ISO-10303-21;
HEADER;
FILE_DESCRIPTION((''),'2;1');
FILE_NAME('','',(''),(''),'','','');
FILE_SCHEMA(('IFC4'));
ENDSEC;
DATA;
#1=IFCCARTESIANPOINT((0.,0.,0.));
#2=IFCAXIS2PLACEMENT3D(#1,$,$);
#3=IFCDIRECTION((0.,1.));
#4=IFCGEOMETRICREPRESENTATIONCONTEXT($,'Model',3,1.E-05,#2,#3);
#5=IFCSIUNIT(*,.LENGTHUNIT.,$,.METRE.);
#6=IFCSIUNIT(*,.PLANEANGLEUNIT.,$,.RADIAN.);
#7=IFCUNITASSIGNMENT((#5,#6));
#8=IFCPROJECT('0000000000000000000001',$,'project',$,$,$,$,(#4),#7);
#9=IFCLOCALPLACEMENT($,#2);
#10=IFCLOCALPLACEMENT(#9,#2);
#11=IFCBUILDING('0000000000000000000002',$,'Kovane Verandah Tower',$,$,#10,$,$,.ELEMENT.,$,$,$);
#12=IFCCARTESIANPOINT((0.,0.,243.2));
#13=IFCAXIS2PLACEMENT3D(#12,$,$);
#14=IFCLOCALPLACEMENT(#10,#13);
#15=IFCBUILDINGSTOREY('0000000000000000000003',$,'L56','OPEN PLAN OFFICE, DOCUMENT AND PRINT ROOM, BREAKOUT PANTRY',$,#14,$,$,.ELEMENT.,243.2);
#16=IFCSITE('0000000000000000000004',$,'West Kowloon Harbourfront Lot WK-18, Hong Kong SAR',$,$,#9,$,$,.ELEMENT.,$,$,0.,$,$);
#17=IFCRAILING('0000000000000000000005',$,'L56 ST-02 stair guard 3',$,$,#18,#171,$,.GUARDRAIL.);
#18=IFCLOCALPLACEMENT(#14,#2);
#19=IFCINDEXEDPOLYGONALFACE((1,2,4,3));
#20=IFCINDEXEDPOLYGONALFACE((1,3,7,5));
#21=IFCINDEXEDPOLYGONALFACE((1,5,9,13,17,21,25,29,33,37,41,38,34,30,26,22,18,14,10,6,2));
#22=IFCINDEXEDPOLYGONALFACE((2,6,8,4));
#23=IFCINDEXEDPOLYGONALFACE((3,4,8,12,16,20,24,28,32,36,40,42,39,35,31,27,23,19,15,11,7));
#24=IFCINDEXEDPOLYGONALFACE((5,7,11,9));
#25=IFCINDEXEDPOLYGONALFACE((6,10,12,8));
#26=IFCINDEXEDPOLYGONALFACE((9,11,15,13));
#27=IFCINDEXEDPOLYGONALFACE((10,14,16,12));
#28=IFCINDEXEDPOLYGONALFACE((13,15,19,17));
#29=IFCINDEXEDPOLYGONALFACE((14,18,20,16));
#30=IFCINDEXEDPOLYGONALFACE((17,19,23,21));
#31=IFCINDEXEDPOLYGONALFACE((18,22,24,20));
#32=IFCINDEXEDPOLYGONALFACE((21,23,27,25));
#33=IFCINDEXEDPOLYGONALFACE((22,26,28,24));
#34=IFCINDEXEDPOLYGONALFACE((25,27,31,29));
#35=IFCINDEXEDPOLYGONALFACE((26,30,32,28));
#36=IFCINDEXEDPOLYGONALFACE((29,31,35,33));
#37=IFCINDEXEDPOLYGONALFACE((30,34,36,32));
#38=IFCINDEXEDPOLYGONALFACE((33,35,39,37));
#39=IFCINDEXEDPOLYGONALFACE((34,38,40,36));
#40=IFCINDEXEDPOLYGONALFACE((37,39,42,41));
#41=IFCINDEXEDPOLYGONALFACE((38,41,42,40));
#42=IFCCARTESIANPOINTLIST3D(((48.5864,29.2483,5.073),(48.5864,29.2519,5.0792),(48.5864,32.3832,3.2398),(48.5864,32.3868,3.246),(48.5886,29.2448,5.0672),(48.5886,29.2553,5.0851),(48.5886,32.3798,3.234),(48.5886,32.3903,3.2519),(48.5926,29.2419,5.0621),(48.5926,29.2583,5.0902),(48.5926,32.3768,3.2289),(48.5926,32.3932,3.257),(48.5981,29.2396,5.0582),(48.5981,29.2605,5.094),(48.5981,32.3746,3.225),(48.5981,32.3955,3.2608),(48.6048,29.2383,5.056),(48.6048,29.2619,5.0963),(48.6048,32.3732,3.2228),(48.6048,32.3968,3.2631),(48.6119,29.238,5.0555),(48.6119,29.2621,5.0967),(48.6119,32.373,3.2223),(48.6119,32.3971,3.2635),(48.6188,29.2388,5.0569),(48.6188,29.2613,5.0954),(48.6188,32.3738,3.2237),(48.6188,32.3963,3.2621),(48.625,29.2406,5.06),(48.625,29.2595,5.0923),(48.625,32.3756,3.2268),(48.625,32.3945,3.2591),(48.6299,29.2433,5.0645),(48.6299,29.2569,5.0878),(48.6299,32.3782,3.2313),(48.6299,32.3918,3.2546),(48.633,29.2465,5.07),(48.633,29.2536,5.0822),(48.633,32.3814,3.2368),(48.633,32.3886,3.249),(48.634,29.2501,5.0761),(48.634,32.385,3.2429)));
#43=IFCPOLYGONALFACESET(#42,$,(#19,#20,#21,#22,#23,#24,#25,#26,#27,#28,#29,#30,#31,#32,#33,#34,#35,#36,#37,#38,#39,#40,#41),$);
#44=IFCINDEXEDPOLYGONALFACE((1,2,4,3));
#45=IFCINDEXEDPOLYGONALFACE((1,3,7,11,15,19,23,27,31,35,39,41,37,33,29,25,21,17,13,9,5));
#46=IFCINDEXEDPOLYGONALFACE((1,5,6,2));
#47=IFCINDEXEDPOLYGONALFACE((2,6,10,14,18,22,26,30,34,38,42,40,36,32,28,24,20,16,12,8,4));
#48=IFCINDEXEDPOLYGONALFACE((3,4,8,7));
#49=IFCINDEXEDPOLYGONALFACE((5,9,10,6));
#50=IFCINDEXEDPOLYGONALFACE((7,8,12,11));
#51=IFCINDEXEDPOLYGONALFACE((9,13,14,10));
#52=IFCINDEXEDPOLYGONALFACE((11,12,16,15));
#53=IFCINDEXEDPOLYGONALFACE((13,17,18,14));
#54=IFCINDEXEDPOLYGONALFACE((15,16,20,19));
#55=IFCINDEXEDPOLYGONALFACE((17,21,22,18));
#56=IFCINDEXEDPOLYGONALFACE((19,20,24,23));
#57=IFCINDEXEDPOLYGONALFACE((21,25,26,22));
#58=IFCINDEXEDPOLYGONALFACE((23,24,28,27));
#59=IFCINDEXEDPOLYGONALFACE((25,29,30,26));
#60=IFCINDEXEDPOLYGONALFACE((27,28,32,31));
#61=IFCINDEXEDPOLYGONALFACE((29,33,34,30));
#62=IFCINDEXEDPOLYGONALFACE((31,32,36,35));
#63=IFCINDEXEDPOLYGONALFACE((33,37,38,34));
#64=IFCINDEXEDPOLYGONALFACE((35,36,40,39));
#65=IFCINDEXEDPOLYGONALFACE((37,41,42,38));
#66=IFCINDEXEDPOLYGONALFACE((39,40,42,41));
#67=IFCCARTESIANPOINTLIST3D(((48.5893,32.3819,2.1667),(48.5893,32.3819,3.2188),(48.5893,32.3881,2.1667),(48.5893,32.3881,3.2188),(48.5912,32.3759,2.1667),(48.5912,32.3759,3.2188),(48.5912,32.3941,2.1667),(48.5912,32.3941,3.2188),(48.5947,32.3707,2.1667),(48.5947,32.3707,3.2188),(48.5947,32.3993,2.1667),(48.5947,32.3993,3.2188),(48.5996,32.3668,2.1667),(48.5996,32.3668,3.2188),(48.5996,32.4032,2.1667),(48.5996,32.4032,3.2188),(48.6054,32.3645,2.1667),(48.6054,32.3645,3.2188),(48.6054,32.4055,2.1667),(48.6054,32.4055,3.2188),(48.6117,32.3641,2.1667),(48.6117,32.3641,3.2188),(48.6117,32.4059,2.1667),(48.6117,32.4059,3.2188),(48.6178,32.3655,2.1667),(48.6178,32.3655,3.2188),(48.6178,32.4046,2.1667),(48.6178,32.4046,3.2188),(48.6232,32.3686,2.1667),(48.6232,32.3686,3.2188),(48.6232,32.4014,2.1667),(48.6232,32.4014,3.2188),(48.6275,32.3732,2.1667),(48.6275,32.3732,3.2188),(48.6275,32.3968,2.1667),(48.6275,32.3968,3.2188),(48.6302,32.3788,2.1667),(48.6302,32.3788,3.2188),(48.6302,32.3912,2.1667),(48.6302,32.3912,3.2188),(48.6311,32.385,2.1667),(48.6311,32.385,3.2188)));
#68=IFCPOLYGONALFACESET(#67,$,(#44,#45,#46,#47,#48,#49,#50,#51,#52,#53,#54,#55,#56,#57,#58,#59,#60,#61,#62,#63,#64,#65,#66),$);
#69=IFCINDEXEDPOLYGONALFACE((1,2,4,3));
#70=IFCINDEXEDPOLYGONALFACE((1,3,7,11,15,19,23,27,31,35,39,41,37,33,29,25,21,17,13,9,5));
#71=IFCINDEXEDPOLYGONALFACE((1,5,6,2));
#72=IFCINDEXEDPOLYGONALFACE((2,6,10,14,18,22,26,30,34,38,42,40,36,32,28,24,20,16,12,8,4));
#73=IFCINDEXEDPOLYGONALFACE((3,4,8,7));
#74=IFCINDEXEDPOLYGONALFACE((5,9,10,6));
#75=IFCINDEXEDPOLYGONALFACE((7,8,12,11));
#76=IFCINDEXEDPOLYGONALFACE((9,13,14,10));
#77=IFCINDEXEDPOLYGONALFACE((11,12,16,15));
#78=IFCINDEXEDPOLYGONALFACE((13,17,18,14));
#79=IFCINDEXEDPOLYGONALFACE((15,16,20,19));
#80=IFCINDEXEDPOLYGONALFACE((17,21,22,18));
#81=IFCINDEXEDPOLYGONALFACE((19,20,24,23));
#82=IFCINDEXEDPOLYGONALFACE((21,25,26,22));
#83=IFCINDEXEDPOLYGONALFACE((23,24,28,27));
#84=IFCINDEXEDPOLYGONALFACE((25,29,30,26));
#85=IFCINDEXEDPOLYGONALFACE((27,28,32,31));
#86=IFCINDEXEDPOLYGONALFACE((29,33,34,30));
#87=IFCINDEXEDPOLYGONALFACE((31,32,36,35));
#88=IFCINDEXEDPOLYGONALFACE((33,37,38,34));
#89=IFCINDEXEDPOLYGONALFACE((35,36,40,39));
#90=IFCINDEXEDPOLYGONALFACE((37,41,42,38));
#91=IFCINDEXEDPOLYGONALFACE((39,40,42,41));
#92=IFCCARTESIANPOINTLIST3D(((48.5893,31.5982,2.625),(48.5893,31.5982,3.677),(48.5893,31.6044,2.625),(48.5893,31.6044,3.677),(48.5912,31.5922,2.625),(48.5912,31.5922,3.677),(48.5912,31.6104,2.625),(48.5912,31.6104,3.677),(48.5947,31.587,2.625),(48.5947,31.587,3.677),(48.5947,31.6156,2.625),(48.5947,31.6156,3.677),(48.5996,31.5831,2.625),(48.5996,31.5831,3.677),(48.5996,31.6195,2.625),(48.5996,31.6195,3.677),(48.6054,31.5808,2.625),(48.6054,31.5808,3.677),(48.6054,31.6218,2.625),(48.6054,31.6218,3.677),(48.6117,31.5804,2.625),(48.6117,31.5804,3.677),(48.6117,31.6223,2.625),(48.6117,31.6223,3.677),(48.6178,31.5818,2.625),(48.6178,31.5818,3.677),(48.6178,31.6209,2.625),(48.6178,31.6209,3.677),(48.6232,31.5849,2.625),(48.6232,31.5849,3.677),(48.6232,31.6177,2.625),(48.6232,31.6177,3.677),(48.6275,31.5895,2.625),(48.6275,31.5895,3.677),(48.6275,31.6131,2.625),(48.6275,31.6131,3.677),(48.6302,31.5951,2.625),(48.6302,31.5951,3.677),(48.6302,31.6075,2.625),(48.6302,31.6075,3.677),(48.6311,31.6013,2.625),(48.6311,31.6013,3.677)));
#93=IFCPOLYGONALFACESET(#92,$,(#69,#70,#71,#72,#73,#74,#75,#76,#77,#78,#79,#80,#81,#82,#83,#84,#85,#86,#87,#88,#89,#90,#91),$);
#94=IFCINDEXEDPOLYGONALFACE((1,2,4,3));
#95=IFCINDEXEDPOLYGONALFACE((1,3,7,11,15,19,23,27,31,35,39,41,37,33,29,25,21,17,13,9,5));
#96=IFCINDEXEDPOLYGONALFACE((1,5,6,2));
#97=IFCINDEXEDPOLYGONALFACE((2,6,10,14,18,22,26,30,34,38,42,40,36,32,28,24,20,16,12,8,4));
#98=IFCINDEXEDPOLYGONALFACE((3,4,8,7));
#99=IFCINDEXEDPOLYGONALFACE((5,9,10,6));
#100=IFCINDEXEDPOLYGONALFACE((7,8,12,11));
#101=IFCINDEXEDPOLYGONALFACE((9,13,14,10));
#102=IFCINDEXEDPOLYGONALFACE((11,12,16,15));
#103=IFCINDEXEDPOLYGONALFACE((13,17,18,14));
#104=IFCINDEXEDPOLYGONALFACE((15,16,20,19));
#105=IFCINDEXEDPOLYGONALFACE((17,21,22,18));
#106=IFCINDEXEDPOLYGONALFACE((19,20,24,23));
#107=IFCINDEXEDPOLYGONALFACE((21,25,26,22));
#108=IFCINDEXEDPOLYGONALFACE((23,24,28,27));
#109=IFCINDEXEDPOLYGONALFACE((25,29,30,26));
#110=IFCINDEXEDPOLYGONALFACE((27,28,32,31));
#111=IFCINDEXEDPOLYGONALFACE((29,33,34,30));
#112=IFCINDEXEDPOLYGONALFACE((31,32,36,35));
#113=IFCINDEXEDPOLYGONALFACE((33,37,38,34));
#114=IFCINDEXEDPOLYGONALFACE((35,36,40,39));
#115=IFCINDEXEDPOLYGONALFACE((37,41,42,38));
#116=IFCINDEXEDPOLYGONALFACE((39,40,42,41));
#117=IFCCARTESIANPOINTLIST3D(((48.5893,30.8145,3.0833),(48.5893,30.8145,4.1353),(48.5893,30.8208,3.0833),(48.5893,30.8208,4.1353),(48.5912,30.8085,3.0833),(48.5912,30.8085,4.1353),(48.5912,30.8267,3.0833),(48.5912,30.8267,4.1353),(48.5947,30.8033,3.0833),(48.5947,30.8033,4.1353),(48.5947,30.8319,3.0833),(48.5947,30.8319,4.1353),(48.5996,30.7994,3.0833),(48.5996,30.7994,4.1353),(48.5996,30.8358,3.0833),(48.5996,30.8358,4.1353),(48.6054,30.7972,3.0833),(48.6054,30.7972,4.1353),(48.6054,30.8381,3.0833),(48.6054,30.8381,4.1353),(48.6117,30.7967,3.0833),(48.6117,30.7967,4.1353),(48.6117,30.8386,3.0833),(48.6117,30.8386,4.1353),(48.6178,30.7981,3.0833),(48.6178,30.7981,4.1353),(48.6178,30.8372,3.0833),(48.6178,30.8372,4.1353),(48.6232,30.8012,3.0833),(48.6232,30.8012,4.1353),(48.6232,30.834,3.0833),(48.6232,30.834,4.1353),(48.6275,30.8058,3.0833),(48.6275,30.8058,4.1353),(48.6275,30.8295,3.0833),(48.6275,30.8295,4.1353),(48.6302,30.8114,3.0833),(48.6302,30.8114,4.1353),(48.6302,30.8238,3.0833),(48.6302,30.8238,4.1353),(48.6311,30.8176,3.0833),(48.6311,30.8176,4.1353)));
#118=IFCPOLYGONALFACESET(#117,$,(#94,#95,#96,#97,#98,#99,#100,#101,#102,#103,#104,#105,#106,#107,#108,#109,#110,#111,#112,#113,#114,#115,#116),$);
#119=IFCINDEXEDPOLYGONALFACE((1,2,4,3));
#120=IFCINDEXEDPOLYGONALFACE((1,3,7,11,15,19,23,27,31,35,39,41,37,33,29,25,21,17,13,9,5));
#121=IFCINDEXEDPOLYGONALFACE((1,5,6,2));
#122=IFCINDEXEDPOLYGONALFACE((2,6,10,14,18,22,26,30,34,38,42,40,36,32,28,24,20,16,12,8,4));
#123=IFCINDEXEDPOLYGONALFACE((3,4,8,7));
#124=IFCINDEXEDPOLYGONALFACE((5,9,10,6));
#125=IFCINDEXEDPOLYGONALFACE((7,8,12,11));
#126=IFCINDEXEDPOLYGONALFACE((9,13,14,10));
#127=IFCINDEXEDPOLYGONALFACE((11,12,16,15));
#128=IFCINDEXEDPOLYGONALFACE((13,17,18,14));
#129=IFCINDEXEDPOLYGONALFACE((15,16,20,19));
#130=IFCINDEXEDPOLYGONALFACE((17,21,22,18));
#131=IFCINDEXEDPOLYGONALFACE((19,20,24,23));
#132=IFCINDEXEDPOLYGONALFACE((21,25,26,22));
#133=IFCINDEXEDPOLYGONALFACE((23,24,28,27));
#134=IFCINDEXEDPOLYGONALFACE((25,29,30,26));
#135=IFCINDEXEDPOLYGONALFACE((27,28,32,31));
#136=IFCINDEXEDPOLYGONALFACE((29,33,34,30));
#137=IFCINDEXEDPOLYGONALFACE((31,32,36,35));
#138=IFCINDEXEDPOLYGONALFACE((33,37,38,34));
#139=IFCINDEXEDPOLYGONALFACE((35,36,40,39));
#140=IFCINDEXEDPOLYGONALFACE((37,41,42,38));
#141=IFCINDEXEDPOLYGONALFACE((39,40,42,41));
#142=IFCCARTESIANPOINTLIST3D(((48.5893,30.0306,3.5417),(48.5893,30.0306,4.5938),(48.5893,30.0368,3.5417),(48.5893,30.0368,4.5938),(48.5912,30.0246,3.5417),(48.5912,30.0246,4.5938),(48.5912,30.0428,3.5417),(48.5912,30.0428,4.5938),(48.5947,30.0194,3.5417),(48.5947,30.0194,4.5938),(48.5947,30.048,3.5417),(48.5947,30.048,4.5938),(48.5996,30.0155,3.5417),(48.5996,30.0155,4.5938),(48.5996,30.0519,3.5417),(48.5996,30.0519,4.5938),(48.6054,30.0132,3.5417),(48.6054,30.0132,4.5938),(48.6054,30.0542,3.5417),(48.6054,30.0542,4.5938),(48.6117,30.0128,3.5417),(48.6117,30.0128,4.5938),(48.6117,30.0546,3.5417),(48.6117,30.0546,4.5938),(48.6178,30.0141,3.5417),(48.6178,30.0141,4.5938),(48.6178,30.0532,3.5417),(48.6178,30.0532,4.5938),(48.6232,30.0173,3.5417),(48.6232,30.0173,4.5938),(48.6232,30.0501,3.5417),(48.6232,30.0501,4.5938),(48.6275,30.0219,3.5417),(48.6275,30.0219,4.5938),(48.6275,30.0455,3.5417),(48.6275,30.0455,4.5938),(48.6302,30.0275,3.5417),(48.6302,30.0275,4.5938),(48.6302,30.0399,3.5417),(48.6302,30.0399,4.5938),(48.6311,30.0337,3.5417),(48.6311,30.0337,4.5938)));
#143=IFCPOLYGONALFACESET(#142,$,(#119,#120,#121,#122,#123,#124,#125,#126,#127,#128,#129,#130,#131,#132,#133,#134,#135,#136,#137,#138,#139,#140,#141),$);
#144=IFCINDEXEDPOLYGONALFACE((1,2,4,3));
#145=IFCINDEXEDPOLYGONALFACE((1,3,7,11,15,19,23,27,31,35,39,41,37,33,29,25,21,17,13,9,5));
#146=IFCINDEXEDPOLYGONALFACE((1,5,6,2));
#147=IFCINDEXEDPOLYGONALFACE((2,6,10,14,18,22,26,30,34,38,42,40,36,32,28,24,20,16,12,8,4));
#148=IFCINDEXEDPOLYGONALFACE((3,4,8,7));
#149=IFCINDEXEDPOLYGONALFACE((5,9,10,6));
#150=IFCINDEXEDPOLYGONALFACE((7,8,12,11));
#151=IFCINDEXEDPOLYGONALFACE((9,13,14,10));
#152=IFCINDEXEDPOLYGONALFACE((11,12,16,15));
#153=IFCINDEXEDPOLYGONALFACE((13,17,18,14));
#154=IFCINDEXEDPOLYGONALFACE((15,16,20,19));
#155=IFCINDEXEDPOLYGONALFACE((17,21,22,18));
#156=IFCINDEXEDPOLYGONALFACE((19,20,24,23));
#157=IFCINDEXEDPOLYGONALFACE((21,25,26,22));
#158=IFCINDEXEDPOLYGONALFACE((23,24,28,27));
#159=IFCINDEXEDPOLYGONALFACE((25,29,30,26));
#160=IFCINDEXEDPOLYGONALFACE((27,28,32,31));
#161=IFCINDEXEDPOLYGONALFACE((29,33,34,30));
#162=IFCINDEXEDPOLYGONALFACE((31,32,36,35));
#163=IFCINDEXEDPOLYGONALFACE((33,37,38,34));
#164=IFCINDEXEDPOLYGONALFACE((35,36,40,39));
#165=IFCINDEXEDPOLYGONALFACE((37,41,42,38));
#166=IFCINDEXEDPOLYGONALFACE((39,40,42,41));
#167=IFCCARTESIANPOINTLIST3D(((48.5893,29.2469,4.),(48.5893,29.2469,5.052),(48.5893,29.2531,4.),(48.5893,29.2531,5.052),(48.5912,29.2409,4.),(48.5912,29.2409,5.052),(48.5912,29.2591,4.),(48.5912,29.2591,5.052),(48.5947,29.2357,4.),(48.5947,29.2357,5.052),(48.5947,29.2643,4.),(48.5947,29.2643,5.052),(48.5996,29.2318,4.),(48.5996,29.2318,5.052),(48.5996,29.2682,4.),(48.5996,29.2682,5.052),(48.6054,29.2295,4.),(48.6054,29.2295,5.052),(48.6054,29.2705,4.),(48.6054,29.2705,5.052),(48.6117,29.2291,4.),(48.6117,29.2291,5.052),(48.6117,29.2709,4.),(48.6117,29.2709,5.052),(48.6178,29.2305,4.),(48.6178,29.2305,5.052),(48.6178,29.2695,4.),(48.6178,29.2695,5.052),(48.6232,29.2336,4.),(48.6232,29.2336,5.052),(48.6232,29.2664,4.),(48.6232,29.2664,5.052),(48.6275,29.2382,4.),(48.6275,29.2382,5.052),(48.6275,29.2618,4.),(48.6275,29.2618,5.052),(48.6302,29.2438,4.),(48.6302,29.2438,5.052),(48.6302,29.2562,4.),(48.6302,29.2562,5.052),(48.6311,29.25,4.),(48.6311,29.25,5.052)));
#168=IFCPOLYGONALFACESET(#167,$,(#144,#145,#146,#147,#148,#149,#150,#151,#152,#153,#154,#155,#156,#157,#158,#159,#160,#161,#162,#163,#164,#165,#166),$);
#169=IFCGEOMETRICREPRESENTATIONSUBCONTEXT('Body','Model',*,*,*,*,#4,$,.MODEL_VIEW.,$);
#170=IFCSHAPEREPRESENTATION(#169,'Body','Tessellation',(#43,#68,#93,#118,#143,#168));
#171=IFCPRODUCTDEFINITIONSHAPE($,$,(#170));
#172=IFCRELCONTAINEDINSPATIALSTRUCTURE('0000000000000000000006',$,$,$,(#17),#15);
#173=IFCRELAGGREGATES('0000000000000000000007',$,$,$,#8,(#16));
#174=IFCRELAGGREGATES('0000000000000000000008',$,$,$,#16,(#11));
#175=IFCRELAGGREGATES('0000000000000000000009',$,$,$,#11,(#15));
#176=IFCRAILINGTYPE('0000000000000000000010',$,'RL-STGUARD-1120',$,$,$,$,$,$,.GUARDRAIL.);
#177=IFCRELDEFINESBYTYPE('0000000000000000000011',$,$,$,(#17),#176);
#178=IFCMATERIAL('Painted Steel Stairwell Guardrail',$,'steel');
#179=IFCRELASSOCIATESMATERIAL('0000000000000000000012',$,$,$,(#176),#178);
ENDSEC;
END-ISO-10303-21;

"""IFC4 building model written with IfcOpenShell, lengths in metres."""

from ifc_helpers import new_model, si_unit, direction, frame, origin, origin_2d, place, context, subcontext, project, spatial, circle, extrude, material, type_object, element, save


model = new_model("IFC4")

# Units and contexts
model_context = context("Model", 3, precision=1e-05, world=origin(), true_north=direction((0.0, 1.0)))
body_context = subcontext(model_context, "Body", "Model", "MODEL_VIEW")
ifc_project = project(units=[si_unit("LENGTHUNIT", "METRE"), si_unit("PLANEANGLEUNIT", "RADIAN")], contexts=[model_context])

# Site, building, storey
site_placement = place(None, origin())
site = spatial("IfcSite", under=ifc_project, at=site_placement, Name="West Kowloon Harbourfront Lot WK-18, Hong Kong SAR", CompositionType="ELEMENT", RefElevation=0.0)
building_placement = place(site_placement, origin())
building = spatial("IfcBuilding", under=site, at=building_placement, Name="Kovane Verandah Tower", CompositionType="ELEMENT")
storey_placement = place(building_placement, frame((0.0, 0.0, 243.2)))
storey = spatial("IfcBuildingStorey", under=building, at=storey_placement, Name="L56", Description="OPEN PLAN OFFICE, DOCUMENT AND PRINT ROOM, BREAKOUT PANTRY", CompositionType="ELEMENT", Elevation=243.2)

# Railing
ifc_material_1 = material(Name="Painted Steel Stairwell Guardrail", Category="steel")
railing_type_1 = type_object("IfcRailingType", Name="RL-STGUARD-1120", PredefinedType="GUARDRAIL", material=ifc_material_1)
railing_1_placement = place(storey_placement, frame((48.6101, 32.385, 2.1667)))
element("IfcRailing", 1, at=railing_1_placement, inside=storey, type_object=railing_type_1, Name="L56 ST-02 stair guard 3", PredefinedType="GUARDRAIL", context=body_context, shape_type="SweptSolid", body=[
    extrude(circle(Radius=0.0239, at=origin_2d()), frame((0.0, 0.0, 1.0762), z_axis=(0.0, -0.86324, 0.504794), x_axis=(1.0, 0.0, 0.0)), (0.0, 0.0, 1.0), 3.6316),
    extrude(circle(Radius=0.021, at=origin_2d()), origin(), (0.0, 0.0, 1.0), 1.052),
    extrude(circle(Radius=0.021, at=origin_2d()), frame((0.0, -0.7837, 0.4583)), (0.0, 0.0, 1.0), 1.052),
    extrude(circle(Radius=0.021, at=origin_2d()), frame((0.0, -1.5674, 0.9165)), (0.0, 0.0, 1.0), 1.052),
    extrude(circle(Radius=0.021, at=origin_2d()), frame((0.0, -2.3513, 1.375)), (0.0, 0.0, 1.0), 1.052),
    extrude(circle(Radius=0.021, at=origin_2d()), frame((0.0, -3.135, 1.8333)), (0.0, 0.0, 1.0), 1.052),
])

save(model, "model.ifc")
